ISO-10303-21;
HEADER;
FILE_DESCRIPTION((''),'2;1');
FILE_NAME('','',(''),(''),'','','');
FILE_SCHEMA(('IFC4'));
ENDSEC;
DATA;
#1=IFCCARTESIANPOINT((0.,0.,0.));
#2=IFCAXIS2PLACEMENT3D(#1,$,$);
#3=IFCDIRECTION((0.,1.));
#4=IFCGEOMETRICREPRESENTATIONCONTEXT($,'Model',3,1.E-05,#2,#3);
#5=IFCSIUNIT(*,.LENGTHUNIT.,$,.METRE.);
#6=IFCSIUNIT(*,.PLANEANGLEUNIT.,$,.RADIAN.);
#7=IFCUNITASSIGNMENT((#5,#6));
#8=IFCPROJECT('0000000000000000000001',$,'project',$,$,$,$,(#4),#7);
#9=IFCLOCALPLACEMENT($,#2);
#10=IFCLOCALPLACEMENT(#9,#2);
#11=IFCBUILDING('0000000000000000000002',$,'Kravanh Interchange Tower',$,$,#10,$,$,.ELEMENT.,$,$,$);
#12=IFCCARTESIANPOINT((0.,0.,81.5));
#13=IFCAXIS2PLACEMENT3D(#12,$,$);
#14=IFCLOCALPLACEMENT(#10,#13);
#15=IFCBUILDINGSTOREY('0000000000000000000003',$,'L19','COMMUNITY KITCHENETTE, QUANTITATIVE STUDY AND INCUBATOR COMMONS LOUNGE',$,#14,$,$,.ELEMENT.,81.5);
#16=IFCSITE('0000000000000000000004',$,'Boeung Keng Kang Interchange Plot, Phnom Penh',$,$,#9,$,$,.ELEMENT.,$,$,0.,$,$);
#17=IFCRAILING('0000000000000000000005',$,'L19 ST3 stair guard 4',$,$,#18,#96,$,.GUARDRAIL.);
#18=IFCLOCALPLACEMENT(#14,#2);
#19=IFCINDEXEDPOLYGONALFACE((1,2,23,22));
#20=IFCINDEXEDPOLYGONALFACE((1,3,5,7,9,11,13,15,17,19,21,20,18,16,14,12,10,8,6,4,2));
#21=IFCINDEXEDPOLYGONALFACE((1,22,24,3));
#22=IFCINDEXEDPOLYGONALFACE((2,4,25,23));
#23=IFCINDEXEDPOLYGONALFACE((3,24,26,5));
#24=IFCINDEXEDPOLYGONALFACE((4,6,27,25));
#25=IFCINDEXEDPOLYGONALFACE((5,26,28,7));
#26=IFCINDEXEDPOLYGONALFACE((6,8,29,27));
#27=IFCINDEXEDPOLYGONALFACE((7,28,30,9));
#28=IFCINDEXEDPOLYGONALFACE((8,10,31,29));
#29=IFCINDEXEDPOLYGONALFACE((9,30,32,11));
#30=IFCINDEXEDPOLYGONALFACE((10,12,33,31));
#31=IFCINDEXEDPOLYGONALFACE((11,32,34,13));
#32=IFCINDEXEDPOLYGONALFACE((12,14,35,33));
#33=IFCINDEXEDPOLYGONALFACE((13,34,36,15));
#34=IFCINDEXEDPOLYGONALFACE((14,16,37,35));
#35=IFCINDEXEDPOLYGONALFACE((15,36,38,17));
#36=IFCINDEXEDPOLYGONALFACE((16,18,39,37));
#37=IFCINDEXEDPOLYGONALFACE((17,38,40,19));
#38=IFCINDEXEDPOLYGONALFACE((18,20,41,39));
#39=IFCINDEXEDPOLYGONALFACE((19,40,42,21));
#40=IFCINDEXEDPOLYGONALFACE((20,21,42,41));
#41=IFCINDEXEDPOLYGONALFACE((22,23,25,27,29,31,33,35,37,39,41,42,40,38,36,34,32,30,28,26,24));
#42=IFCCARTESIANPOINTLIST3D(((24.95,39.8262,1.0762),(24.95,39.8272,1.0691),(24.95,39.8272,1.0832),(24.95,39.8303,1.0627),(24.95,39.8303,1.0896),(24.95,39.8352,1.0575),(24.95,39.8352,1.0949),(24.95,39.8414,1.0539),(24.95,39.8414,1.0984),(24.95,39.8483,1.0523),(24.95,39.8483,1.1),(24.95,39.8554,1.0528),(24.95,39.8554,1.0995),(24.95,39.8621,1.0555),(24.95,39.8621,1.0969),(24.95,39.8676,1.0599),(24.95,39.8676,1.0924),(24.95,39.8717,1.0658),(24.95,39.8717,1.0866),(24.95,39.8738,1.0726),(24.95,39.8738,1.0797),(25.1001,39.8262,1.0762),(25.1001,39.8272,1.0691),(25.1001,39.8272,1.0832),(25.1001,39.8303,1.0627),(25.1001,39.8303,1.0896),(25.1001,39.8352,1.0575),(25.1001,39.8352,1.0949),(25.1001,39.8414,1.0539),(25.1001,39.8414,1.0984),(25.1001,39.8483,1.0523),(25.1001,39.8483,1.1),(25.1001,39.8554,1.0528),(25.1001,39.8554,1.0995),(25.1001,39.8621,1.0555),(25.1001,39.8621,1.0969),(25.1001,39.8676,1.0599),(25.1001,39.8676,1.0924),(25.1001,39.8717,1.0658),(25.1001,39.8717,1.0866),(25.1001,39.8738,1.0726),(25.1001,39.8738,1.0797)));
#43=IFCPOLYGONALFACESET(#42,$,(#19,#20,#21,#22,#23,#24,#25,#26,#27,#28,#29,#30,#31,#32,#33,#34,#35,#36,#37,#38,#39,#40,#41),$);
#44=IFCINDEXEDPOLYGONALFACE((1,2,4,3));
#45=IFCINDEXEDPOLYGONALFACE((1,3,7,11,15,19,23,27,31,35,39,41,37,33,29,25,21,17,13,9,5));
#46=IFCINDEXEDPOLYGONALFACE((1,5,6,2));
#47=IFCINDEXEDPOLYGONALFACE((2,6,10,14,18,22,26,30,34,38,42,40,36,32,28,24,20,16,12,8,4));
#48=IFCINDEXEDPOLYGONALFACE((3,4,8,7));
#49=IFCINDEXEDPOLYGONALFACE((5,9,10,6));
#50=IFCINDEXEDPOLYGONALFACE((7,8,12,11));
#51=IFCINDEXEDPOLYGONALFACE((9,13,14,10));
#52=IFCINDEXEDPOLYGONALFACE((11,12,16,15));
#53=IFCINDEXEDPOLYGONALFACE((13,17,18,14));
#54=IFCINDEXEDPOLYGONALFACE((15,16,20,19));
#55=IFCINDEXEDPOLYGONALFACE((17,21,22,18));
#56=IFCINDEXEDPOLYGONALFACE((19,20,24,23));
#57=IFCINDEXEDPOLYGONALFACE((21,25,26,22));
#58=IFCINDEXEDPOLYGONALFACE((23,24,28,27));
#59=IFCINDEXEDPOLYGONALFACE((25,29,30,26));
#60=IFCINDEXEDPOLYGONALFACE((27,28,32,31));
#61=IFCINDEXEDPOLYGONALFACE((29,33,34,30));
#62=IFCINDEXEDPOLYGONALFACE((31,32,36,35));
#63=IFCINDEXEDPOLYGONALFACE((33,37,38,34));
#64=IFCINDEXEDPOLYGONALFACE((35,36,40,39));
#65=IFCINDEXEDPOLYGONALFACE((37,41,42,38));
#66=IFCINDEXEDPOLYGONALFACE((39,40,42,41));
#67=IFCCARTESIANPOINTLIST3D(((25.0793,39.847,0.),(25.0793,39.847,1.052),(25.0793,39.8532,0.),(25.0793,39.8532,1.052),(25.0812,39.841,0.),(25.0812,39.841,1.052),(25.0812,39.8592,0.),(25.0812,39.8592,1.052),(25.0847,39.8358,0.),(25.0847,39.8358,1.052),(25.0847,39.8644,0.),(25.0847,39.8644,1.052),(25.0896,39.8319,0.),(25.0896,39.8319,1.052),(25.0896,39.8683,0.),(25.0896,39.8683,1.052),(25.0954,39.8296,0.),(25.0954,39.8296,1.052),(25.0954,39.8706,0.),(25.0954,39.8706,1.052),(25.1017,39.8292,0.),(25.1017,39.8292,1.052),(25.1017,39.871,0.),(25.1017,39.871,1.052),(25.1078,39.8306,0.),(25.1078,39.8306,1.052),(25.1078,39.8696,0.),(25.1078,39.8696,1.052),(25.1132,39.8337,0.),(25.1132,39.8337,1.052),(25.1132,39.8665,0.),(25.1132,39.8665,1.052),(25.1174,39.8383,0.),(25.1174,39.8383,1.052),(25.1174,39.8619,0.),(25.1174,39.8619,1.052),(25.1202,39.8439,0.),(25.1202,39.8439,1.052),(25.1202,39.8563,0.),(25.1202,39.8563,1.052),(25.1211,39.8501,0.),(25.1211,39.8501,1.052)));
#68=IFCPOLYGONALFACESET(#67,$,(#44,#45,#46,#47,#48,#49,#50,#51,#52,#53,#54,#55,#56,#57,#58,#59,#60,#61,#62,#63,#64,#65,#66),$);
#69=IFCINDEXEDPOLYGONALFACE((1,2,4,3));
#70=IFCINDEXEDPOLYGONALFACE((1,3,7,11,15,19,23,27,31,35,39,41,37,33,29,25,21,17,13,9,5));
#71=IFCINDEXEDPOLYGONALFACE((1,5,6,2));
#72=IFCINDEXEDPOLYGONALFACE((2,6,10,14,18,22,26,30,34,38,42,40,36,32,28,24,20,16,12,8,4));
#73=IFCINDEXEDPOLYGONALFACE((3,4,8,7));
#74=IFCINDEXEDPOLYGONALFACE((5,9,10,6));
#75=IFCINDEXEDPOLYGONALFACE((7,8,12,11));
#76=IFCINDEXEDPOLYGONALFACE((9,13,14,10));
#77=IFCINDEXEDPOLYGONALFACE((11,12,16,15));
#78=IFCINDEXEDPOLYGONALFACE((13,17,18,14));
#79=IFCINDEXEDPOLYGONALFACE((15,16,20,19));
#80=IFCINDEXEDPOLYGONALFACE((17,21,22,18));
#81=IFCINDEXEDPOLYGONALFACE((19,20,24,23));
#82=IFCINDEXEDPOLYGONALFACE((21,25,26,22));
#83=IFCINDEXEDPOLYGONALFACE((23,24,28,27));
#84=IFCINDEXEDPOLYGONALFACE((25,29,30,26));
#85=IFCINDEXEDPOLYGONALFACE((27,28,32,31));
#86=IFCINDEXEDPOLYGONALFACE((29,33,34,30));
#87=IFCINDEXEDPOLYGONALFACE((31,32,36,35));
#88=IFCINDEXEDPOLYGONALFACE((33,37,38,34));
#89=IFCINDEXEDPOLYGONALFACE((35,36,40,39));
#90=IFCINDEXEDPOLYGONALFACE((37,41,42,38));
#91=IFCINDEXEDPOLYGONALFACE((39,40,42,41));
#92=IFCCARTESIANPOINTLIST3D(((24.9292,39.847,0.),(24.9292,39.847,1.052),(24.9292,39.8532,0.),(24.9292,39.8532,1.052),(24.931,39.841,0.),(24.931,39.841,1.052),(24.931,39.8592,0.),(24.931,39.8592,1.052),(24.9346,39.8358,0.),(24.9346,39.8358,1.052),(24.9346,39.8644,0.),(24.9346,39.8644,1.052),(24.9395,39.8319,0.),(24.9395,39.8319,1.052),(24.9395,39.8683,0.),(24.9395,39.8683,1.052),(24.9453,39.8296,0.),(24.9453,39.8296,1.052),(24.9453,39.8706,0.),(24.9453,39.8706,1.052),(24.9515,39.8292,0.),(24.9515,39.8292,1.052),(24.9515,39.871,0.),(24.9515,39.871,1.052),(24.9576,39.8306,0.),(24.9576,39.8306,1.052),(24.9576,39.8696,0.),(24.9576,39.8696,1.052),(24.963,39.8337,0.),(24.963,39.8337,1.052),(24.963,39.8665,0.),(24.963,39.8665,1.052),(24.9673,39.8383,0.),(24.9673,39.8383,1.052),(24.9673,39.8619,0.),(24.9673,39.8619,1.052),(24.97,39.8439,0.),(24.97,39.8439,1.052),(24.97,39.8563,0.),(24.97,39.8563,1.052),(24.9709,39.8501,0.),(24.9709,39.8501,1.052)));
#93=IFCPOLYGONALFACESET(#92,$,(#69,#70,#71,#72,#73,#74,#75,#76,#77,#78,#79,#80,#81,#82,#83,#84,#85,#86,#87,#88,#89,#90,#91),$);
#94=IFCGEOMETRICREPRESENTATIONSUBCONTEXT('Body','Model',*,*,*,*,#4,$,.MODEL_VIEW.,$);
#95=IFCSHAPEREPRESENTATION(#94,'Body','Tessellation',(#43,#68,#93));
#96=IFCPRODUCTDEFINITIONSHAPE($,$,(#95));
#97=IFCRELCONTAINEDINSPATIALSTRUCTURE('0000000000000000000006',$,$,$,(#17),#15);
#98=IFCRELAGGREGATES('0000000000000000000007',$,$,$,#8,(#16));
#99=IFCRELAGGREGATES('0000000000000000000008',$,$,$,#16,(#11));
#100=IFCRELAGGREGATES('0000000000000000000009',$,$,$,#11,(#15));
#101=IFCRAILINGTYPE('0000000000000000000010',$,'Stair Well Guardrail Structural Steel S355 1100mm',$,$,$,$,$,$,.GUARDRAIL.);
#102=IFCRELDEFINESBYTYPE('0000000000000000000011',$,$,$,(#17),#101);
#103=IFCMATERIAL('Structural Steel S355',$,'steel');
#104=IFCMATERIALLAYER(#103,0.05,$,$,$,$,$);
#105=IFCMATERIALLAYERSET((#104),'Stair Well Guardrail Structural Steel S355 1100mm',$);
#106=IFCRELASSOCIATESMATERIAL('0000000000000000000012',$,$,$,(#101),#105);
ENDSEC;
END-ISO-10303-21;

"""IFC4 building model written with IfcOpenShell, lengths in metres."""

from ifc_helpers import new_model, si_unit, direction, frame, origin, origin_2d, place, context, subcontext, project, spatial, circle, extrude, material, layer, layer_set, type_object, element, save


model = new_model("IFC4")

# Units and contexts
model_context = context("Model", 3, precision=1e-05, world=origin(), true_north=direction((0.0, 1.0)))
body_context = subcontext(model_context, "Body", "Model", "MODEL_VIEW")
ifc_project = project(units=[si_unit("LENGTHUNIT", "METRE"), si_unit("PLANEANGLEUNIT", "RADIAN")], contexts=[model_context])

# Site, building, storey
site_placement = place(None, origin())
site = spatial("IfcSite", under=ifc_project, at=site_placement, Name="Boeung Keng Kang Interchange Plot, Phnom Penh", CompositionType="ELEMENT", RefElevation=0.0)
building_placement = place(site_placement, origin())
building = spatial("IfcBuilding", under=site, at=building_placement, Name="Kravanh Interchange Tower", CompositionType="ELEMENT")
storey_placement = place(building_placement, frame((0.0, 0.0, 81.5)))
storey = spatial("IfcBuildingStorey", under=building, at=storey_placement, Name="L19", Description="COMMUNITY KITCHENETTE, QUANTITATIVE STUDY AND INCUBATOR COMMONS LOUNGE", CompositionType="ELEMENT", Elevation=81.5)

# Railing
ifc_material_1 = material(Name="Structural Steel S355", Category="steel")
ifc_layer_1 = layer(ifc_material_1, 0.05)
ifc_layer_set_1 = layer_set([ifc_layer_1], Name="Stair Well Guardrail Structural Steel S355 1100mm")
railing_type_1 = type_object("IfcRailingType", Name="Stair Well Guardrail Structural Steel S355 1100mm", PredefinedType="GUARDRAIL", material=ifc_layer_set_1)
railing_1_placement = place(storey_placement, frame((25.1001, 39.8501, 0.0)))
element("IfcRailing", 1, at=railing_1_placement, inside=storey, type_object=railing_type_1, Name="L19 ST3 stair guard 4", PredefinedType="GUARDRAIL", context=body_context, shape_type="SweptSolid", body=[
    extrude(circle(Radius=0.0239, at=origin_2d()), frame((0.0, 0.0, 1.0762), z_axis=(-1.0, 0.0, 0.0), x_axis=(0.0, -1.0, 0.0)), (0.0, 0.0, 1.0), 0.1501),
    extrude(circle(Radius=0.021, at=origin_2d()), origin(), (0.0, 0.0, 1.0), 1.052),
    extrude(circle(Radius=0.021, at=origin_2d()), frame((-0.1501, 0.0, 0.0)), (0.0, 0.0, 1.0), 1.052),
])

save(model, "model.ifc")
